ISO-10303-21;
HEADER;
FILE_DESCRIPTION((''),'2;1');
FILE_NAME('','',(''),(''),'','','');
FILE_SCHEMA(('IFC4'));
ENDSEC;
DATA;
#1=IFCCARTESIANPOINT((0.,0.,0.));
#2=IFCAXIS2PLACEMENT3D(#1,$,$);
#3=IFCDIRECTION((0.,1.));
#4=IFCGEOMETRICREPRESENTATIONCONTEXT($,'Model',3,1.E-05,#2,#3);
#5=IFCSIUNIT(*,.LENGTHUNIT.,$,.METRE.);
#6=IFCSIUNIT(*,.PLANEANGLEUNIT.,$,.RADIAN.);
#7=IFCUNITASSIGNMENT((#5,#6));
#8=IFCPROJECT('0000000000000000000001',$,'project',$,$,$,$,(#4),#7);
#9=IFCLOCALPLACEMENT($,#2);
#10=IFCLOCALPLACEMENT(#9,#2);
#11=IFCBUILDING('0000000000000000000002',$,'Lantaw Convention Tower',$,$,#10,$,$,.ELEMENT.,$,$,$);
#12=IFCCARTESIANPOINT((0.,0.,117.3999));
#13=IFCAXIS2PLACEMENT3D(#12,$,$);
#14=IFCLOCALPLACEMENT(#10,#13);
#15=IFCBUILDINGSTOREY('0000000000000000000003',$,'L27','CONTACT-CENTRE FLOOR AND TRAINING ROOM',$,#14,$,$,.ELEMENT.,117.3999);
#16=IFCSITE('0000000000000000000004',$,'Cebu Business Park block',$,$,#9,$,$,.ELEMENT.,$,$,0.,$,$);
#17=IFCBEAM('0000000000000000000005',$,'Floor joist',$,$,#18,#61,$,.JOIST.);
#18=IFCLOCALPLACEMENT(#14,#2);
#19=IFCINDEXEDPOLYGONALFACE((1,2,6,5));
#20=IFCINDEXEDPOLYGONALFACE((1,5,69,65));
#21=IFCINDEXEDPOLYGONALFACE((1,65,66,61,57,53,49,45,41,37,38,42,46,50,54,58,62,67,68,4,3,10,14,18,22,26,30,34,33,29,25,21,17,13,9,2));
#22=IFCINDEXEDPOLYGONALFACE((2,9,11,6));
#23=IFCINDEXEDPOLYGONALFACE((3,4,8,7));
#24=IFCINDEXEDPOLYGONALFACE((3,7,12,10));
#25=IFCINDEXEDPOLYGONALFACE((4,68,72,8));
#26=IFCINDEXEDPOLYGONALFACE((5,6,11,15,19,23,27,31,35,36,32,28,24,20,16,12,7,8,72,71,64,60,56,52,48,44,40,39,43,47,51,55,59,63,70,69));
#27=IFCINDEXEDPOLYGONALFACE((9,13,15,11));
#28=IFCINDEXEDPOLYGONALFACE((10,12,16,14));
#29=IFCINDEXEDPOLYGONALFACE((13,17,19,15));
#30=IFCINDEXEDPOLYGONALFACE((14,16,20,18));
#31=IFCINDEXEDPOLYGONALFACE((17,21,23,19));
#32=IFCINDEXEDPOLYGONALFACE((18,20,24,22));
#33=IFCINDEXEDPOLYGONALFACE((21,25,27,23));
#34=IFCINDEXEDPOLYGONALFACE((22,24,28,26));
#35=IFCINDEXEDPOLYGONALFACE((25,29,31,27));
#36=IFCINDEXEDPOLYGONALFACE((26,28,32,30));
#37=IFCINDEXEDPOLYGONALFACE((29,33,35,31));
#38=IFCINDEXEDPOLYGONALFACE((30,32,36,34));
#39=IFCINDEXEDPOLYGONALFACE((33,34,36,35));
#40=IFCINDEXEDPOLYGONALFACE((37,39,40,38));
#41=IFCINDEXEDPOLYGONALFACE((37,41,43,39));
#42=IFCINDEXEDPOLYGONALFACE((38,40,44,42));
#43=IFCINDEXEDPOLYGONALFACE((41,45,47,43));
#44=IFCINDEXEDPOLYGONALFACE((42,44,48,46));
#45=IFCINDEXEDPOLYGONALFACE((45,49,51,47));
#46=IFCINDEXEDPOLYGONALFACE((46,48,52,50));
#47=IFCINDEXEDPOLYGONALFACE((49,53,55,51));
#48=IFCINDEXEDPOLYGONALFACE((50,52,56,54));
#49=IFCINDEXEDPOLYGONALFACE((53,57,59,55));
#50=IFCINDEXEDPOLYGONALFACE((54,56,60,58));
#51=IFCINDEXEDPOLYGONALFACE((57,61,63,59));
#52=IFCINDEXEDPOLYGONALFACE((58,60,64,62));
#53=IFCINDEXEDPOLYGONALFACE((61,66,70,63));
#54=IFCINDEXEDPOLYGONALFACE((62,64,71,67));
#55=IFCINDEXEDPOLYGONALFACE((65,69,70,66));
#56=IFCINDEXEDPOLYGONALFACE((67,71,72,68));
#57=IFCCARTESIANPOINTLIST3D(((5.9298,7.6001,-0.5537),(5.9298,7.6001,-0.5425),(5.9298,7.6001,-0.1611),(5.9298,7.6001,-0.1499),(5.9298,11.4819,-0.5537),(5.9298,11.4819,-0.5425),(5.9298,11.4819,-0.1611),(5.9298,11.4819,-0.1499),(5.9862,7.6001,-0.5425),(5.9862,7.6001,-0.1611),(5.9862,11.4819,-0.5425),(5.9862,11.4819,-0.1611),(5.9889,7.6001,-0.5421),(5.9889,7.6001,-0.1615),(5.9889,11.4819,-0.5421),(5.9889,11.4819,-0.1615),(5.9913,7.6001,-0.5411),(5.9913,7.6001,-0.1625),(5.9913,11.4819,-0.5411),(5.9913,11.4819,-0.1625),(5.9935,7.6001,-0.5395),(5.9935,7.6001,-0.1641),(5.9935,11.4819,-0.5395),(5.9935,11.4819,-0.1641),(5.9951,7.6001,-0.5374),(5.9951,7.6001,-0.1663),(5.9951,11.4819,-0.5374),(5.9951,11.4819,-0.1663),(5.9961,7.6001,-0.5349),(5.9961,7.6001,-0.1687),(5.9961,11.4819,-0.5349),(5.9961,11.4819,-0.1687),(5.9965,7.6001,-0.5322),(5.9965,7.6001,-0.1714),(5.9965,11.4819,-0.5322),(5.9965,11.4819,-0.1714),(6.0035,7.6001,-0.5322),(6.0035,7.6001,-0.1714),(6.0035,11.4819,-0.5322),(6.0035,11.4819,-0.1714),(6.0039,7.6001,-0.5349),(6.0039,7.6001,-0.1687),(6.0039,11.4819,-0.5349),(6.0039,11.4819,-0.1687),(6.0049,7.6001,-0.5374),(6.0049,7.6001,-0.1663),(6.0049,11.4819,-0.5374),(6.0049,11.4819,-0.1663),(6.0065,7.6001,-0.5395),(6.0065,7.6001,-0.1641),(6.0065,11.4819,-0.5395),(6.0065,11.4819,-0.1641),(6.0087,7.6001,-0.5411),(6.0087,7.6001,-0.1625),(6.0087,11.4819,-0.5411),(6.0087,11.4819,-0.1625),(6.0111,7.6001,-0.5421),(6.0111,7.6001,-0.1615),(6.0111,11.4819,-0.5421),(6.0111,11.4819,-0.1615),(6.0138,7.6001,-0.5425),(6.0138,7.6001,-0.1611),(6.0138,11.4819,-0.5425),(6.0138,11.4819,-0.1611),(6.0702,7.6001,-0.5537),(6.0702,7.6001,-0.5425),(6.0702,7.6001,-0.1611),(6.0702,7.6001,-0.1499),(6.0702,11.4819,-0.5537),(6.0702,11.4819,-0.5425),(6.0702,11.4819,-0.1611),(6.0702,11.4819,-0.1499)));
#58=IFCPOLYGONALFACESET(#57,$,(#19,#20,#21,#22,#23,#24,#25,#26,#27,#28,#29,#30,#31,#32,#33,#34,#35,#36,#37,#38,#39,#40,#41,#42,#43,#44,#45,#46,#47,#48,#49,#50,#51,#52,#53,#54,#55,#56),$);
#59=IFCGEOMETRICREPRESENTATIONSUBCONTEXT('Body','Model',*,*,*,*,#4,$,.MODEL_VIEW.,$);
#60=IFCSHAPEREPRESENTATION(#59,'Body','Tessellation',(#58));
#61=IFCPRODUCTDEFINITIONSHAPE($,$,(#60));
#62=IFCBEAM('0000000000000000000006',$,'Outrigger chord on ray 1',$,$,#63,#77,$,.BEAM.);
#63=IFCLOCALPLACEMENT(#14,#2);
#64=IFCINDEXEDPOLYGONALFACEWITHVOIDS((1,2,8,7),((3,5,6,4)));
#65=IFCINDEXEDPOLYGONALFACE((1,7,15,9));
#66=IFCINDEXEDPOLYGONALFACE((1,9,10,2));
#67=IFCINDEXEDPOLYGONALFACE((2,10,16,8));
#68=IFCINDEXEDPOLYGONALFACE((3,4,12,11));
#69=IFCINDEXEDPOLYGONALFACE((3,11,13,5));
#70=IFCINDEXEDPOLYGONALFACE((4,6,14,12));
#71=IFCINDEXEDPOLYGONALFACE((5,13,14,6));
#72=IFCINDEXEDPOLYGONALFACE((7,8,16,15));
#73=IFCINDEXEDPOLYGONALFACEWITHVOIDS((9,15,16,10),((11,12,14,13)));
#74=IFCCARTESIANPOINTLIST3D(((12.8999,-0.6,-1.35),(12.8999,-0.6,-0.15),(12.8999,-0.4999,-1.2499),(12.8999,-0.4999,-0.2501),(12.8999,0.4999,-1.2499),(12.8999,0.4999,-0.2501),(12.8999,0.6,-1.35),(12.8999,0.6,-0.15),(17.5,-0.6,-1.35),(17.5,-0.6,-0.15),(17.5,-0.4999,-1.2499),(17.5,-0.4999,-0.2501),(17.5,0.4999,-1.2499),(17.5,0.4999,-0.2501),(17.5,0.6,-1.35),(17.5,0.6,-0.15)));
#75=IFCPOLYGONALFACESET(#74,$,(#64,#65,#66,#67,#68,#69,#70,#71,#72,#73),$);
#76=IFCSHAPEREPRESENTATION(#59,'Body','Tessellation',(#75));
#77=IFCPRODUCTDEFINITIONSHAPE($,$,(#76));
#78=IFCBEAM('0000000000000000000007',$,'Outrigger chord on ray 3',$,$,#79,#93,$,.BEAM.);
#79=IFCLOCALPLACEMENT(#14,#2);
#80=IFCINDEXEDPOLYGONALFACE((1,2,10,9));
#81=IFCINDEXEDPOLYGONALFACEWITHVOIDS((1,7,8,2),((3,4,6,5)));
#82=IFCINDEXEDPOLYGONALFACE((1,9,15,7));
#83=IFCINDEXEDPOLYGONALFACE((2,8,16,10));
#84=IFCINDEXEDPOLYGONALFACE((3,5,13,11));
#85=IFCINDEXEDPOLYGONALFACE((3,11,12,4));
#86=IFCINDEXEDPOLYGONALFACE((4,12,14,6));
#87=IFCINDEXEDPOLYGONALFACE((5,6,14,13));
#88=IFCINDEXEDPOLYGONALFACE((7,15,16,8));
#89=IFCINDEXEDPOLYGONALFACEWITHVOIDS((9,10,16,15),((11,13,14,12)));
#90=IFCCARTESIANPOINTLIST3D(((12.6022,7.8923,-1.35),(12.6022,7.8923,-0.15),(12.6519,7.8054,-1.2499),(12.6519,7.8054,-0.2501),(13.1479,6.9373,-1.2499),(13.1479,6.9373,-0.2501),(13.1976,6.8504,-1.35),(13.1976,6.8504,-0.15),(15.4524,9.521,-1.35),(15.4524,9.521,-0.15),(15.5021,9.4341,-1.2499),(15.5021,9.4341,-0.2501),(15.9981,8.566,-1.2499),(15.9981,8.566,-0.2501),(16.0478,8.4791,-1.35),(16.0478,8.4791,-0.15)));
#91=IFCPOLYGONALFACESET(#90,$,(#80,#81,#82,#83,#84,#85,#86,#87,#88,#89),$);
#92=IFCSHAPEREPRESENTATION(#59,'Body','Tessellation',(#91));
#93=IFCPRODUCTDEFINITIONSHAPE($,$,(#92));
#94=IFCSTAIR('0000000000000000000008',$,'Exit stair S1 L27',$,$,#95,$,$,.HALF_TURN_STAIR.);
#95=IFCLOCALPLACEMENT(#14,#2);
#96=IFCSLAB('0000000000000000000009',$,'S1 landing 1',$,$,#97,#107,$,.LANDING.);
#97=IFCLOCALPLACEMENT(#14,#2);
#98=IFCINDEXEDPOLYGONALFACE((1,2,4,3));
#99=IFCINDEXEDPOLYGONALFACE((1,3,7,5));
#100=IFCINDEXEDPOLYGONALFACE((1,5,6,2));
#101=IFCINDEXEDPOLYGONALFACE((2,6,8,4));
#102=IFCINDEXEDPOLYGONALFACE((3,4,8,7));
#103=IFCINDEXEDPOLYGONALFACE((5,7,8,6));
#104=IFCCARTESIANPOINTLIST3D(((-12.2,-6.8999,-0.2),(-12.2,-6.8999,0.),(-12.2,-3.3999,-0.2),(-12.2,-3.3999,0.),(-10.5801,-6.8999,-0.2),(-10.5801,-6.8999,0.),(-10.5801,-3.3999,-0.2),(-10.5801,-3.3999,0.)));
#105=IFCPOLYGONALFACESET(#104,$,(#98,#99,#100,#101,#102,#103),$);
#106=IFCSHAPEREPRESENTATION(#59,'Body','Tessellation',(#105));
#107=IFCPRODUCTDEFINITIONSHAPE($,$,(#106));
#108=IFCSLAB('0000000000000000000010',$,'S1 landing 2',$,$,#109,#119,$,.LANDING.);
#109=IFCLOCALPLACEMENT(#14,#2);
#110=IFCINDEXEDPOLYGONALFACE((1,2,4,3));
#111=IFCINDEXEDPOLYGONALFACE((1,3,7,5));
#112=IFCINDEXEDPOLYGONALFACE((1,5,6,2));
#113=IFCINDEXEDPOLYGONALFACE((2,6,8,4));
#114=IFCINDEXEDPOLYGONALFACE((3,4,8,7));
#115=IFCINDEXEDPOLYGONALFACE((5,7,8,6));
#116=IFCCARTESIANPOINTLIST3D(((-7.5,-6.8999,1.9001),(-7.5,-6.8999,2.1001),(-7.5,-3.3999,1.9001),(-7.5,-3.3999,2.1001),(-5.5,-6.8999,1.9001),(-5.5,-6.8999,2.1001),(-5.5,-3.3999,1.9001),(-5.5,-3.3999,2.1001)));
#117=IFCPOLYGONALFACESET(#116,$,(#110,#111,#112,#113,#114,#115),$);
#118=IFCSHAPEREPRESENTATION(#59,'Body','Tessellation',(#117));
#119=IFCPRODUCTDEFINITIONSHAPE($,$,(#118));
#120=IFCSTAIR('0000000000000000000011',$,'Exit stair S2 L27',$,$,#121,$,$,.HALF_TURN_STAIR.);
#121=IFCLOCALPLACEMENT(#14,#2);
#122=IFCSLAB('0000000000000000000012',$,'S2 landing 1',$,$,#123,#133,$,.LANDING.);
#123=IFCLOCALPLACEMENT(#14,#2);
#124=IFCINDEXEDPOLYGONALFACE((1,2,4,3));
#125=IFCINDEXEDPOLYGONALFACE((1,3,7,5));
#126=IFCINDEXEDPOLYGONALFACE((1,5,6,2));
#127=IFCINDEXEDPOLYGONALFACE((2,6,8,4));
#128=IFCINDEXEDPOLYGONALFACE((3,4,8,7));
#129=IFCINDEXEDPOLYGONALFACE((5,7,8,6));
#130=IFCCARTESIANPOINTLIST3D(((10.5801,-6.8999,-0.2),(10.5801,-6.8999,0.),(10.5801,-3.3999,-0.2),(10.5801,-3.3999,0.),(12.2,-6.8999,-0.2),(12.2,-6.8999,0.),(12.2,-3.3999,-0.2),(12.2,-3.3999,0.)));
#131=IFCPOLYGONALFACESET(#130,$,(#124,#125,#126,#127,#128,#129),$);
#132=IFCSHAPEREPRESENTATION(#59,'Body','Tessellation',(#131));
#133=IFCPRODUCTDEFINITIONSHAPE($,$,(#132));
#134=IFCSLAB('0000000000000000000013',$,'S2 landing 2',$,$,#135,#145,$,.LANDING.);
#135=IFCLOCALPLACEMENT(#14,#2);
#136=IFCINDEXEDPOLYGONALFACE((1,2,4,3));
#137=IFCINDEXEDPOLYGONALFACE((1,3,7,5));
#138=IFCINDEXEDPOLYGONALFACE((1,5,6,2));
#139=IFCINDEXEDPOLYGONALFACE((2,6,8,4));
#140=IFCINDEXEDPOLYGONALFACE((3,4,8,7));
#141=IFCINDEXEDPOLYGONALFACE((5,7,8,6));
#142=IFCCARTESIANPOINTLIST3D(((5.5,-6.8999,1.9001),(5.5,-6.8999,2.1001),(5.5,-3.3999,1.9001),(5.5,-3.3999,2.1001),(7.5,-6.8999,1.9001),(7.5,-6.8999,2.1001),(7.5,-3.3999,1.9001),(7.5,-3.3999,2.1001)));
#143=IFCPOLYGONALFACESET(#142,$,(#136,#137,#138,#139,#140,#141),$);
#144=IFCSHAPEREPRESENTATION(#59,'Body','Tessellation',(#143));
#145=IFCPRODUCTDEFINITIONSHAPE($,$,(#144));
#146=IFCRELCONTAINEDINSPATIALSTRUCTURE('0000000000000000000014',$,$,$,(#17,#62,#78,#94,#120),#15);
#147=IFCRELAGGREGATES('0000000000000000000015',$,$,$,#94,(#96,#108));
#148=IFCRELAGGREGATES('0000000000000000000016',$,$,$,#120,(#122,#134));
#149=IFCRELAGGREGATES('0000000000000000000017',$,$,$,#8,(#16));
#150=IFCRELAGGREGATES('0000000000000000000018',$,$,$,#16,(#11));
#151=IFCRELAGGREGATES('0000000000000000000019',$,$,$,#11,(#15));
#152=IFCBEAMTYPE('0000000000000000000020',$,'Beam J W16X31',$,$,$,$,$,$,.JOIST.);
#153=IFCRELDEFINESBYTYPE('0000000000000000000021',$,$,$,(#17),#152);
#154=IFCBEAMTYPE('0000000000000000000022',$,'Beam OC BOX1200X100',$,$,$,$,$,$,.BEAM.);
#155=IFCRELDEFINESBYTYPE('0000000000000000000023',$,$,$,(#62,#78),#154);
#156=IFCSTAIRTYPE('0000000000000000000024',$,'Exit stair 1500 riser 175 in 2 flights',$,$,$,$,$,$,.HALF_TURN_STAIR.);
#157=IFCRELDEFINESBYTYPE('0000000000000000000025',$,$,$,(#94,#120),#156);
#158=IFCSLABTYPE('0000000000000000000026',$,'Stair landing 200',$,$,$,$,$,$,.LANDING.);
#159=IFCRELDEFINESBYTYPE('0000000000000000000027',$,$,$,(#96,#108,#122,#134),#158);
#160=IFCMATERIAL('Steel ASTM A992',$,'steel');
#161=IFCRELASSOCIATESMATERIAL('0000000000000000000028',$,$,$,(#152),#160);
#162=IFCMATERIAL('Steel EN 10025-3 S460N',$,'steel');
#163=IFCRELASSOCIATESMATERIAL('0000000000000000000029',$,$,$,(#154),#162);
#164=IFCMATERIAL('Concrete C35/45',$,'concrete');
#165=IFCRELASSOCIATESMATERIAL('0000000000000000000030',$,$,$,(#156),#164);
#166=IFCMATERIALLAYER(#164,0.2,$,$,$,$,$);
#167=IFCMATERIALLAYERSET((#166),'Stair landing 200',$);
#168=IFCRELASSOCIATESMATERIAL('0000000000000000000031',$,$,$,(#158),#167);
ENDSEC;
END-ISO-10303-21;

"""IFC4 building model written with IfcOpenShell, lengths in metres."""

from ifc_helpers import new_model, si_unit, direction, frame, origin, origin_2d, place, context, subcontext, project, spatial, polyline, hollow_rectangle, i_section, outline, extrude, material, layer, layer_set, material_profile, profile_set, type_object, element, aggregate, save


model = new_model("IFC4")

# Units and contexts
model_context = context("Model", 3, precision=1e-05, world=origin(), true_north=direction((0.0, 1.0)))
body_context = subcontext(model_context, "Body", "Model", "MODEL_VIEW")
ifc_project = project(units=[si_unit("LENGTHUNIT", "METRE"), si_unit("PLANEANGLEUNIT", "RADIAN")], contexts=[model_context])

# Site, building, storey
site_placement = place(None, origin())
site = spatial("IfcSite", under=ifc_project, at=site_placement, Name="Cebu Business Park block", CompositionType="ELEMENT", RefElevation=0.0)
building_placement = place(site_placement, origin())
building = spatial("IfcBuilding", under=site, at=building_placement, Name="Lantaw Convention Tower", CompositionType="ELEMENT")
storey_placement = place(building_placement, frame((0.0, 0.0, 117.3999)))
storey = spatial("IfcBuildingStorey", under=building, at=storey_placement, Name="L27", Description="CONTACT-CENTRE FLOOR AND TRAINING ROOM", CompositionType="ELEMENT", Elevation=117.3999)

# Beams
ifc_material_1 = material(Name="Steel ASTM A992", Category="steel")
ifc_material_profile_1 = material_profile(ifc_material_1, i_section(OverallWidth=0.1404, OverallDepth=0.4038, WebThickness=0.0071, FlangeThickness=0.0112, FilletRadius=0.0103, at=origin_2d()), Name="W16X31")
ifc_profile_set_1 = profile_set([ifc_material_profile_1], Name="Steel ASTM A992")
beam_type_1 = type_object("IfcBeamType", Name="Beam J W16X31", PredefinedType="JOIST", material=ifc_profile_set_1)
beam_1_placement = place(storey_placement, frame((6.0, 7.6001, -0.3518), z_axis=(0.0, 1.0, 0.0), x_axis=(-1.0, 0.0, 0.0)))
element("IfcBeam", 1, at=beam_1_placement, inside=storey, type_object=beam_type_1, Name="Floor joist", PredefinedType="JOIST", context=body_context, shape_type="SweptSolid", body=[
    extrude(i_section(OverallWidth=0.1404, OverallDepth=0.4038, WebThickness=0.0071, FlangeThickness=0.0112, FilletRadius=0.0103, at=origin_2d()), origin(), (0.0, 0.0, 1.0), 3.8818),
])
ifc_material_2 = material(Name="Steel EN 10025-3 S460N", Category="steel")
ifc_material_profile_2 = material_profile(ifc_material_2, hollow_rectangle(XDim=1.2, YDim=1.2, WallThickness=0.1001, at=origin_2d()), Name="BOX1200X100")
ifc_profile_set_2 = profile_set([ifc_material_profile_2], Name="Steel EN 10025-3 S460N")
beam_type_2 = type_object("IfcBeamType", Name="Beam OC BOX1200X100", PredefinedType="BEAM", material=ifc_profile_set_2)
beam_2_placement = place(storey_placement, frame((12.8999, 0.0, -0.75), z_axis=(1.0, 0.0, 0.0), x_axis=(0.0, 1.0, 0.0)))
element("IfcBeam", 2, at=beam_2_placement, inside=storey, type_object=beam_type_2, Name="Outrigger chord on ray 1", PredefinedType="BEAM", context=body_context, shape_type="SweptSolid", body=[
    extrude(hollow_rectangle(XDim=1.2, YDim=1.2, WallThickness=0.1001, at=origin_2d()), origin(), (0.0, 0.0, 1.0), 4.6001),
])
beam_3_placement = place(storey_placement, frame((12.8999, 7.3713, -0.75), z_axis=(0.868239, 0.496147, 0.0), x_axis=(-0.496147, 0.868239, 0.0)))
element("IfcBeam", 3, at=beam_3_placement, inside=storey, type_object=beam_type_2, Name="Outrigger chord on ray 3", PredefinedType="BEAM", context=body_context, shape_type="SweptSolid", body=[
    extrude(hollow_rectangle(XDim=1.2, YDim=1.2, WallThickness=0.1001, at=origin_2d()), origin(), (0.0, 0.0, 1.0), 3.2827),
])

# Stairs, slabs
ifc_material_3 = material(Name="Concrete C35/45", Category="concrete")
stair_type = type_object("IfcStairType", Name="Exit stair 1500 riser 175 in 2 flights", PredefinedType="HALF_TURN_STAIR", material=ifc_material_3)
stair_1_placement = place(storey_placement, origin())
stair_1 = element("IfcStair", 4, at=stair_1_placement, inside=storey, type_object=stair_type, Name="Exit stair S1 L27", PredefinedType="HALF_TURN_STAIR")
ifc_layer_1 = layer(ifc_material_3, 0.2)
ifc_layer_set_1 = layer_set([ifc_layer_1], Name="Stair landing 200")
slab_type = type_object("IfcSlabType", Name="Stair landing 200", PredefinedType="LANDING", material=ifc_layer_set_1)
slab_1_placement = place(storey_placement, frame((0.0, 0.0, -0.2)))
slab_1 = element("IfcSlab", 5, at=slab_1_placement, type_object=slab_type, Name="S1 landing 1", PredefinedType="LANDING", context=body_context, shape_type="SweptSolid", body=[
    extrude(outline(polyline([(-12.2, -6.8999), (-10.5801, -6.8999), (-10.5801, -3.3999), (-12.2, -3.3999), (-12.2, -6.8999)])), origin(), (0.0, 0.0, 1.0), 0.2),
])
slab_2_placement = place(storey_placement, frame((0.0, 0.0, 1.9001)))
slab_2 = element("IfcSlab", 6, at=slab_2_placement, type_object=slab_type, Name="S1 landing 2", PredefinedType="LANDING", context=body_context, shape_type="SweptSolid", body=[
    extrude(outline(polyline([(-7.5, -6.8999), (-5.5, -6.8999), (-5.5, -3.3999), (-7.5, -3.3999), (-7.5, -6.8999)])), origin(), (0.0, 0.0, 1.0), 0.2),
])
aggregate(stair_1, [slab_1, slab_2])
stair_2_placement = place(storey_placement, origin())
stair_2 = element("IfcStair", 7, at=stair_2_placement, inside=storey, type_object=stair_type, Name="Exit stair S2 L27", PredefinedType="HALF_TURN_STAIR")
slab_3_placement = place(storey_placement, frame((0.0, 0.0, -0.2)))
slab_3 = element("IfcSlab", 8, at=slab_3_placement, type_object=slab_type, Name="S2 landing 1", PredefinedType="LANDING", context=body_context, shape_type="SweptSolid", body=[
    extrude(outline(polyline([(10.5801, -6.8999), (12.2, -6.8999), (12.2, -3.3999), (10.5801, -3.3999), (10.5801, -6.8999)])), origin(), (0.0, 0.0, 1.0), 0.2),
])
slab_4_placement = place(storey_placement, frame((0.0, 0.0, 1.9001)))
slab_4 = element("IfcSlab", 9, at=slab_4_placement, type_object=slab_type, Name="S2 landing 2", PredefinedType="LANDING", context=body_context, shape_type="SweptSolid", body=[
    extrude(outline(polyline([(5.5, -6.8999), (7.5, -6.8999), (7.5, -3.3999), (5.5, -3.3999), (5.5, -6.8999)])), origin(), (0.0, 0.0, 1.0), 0.2),
])
aggregate(stair_2, [slab_3, slab_4])

save(model, "model.ifc")
